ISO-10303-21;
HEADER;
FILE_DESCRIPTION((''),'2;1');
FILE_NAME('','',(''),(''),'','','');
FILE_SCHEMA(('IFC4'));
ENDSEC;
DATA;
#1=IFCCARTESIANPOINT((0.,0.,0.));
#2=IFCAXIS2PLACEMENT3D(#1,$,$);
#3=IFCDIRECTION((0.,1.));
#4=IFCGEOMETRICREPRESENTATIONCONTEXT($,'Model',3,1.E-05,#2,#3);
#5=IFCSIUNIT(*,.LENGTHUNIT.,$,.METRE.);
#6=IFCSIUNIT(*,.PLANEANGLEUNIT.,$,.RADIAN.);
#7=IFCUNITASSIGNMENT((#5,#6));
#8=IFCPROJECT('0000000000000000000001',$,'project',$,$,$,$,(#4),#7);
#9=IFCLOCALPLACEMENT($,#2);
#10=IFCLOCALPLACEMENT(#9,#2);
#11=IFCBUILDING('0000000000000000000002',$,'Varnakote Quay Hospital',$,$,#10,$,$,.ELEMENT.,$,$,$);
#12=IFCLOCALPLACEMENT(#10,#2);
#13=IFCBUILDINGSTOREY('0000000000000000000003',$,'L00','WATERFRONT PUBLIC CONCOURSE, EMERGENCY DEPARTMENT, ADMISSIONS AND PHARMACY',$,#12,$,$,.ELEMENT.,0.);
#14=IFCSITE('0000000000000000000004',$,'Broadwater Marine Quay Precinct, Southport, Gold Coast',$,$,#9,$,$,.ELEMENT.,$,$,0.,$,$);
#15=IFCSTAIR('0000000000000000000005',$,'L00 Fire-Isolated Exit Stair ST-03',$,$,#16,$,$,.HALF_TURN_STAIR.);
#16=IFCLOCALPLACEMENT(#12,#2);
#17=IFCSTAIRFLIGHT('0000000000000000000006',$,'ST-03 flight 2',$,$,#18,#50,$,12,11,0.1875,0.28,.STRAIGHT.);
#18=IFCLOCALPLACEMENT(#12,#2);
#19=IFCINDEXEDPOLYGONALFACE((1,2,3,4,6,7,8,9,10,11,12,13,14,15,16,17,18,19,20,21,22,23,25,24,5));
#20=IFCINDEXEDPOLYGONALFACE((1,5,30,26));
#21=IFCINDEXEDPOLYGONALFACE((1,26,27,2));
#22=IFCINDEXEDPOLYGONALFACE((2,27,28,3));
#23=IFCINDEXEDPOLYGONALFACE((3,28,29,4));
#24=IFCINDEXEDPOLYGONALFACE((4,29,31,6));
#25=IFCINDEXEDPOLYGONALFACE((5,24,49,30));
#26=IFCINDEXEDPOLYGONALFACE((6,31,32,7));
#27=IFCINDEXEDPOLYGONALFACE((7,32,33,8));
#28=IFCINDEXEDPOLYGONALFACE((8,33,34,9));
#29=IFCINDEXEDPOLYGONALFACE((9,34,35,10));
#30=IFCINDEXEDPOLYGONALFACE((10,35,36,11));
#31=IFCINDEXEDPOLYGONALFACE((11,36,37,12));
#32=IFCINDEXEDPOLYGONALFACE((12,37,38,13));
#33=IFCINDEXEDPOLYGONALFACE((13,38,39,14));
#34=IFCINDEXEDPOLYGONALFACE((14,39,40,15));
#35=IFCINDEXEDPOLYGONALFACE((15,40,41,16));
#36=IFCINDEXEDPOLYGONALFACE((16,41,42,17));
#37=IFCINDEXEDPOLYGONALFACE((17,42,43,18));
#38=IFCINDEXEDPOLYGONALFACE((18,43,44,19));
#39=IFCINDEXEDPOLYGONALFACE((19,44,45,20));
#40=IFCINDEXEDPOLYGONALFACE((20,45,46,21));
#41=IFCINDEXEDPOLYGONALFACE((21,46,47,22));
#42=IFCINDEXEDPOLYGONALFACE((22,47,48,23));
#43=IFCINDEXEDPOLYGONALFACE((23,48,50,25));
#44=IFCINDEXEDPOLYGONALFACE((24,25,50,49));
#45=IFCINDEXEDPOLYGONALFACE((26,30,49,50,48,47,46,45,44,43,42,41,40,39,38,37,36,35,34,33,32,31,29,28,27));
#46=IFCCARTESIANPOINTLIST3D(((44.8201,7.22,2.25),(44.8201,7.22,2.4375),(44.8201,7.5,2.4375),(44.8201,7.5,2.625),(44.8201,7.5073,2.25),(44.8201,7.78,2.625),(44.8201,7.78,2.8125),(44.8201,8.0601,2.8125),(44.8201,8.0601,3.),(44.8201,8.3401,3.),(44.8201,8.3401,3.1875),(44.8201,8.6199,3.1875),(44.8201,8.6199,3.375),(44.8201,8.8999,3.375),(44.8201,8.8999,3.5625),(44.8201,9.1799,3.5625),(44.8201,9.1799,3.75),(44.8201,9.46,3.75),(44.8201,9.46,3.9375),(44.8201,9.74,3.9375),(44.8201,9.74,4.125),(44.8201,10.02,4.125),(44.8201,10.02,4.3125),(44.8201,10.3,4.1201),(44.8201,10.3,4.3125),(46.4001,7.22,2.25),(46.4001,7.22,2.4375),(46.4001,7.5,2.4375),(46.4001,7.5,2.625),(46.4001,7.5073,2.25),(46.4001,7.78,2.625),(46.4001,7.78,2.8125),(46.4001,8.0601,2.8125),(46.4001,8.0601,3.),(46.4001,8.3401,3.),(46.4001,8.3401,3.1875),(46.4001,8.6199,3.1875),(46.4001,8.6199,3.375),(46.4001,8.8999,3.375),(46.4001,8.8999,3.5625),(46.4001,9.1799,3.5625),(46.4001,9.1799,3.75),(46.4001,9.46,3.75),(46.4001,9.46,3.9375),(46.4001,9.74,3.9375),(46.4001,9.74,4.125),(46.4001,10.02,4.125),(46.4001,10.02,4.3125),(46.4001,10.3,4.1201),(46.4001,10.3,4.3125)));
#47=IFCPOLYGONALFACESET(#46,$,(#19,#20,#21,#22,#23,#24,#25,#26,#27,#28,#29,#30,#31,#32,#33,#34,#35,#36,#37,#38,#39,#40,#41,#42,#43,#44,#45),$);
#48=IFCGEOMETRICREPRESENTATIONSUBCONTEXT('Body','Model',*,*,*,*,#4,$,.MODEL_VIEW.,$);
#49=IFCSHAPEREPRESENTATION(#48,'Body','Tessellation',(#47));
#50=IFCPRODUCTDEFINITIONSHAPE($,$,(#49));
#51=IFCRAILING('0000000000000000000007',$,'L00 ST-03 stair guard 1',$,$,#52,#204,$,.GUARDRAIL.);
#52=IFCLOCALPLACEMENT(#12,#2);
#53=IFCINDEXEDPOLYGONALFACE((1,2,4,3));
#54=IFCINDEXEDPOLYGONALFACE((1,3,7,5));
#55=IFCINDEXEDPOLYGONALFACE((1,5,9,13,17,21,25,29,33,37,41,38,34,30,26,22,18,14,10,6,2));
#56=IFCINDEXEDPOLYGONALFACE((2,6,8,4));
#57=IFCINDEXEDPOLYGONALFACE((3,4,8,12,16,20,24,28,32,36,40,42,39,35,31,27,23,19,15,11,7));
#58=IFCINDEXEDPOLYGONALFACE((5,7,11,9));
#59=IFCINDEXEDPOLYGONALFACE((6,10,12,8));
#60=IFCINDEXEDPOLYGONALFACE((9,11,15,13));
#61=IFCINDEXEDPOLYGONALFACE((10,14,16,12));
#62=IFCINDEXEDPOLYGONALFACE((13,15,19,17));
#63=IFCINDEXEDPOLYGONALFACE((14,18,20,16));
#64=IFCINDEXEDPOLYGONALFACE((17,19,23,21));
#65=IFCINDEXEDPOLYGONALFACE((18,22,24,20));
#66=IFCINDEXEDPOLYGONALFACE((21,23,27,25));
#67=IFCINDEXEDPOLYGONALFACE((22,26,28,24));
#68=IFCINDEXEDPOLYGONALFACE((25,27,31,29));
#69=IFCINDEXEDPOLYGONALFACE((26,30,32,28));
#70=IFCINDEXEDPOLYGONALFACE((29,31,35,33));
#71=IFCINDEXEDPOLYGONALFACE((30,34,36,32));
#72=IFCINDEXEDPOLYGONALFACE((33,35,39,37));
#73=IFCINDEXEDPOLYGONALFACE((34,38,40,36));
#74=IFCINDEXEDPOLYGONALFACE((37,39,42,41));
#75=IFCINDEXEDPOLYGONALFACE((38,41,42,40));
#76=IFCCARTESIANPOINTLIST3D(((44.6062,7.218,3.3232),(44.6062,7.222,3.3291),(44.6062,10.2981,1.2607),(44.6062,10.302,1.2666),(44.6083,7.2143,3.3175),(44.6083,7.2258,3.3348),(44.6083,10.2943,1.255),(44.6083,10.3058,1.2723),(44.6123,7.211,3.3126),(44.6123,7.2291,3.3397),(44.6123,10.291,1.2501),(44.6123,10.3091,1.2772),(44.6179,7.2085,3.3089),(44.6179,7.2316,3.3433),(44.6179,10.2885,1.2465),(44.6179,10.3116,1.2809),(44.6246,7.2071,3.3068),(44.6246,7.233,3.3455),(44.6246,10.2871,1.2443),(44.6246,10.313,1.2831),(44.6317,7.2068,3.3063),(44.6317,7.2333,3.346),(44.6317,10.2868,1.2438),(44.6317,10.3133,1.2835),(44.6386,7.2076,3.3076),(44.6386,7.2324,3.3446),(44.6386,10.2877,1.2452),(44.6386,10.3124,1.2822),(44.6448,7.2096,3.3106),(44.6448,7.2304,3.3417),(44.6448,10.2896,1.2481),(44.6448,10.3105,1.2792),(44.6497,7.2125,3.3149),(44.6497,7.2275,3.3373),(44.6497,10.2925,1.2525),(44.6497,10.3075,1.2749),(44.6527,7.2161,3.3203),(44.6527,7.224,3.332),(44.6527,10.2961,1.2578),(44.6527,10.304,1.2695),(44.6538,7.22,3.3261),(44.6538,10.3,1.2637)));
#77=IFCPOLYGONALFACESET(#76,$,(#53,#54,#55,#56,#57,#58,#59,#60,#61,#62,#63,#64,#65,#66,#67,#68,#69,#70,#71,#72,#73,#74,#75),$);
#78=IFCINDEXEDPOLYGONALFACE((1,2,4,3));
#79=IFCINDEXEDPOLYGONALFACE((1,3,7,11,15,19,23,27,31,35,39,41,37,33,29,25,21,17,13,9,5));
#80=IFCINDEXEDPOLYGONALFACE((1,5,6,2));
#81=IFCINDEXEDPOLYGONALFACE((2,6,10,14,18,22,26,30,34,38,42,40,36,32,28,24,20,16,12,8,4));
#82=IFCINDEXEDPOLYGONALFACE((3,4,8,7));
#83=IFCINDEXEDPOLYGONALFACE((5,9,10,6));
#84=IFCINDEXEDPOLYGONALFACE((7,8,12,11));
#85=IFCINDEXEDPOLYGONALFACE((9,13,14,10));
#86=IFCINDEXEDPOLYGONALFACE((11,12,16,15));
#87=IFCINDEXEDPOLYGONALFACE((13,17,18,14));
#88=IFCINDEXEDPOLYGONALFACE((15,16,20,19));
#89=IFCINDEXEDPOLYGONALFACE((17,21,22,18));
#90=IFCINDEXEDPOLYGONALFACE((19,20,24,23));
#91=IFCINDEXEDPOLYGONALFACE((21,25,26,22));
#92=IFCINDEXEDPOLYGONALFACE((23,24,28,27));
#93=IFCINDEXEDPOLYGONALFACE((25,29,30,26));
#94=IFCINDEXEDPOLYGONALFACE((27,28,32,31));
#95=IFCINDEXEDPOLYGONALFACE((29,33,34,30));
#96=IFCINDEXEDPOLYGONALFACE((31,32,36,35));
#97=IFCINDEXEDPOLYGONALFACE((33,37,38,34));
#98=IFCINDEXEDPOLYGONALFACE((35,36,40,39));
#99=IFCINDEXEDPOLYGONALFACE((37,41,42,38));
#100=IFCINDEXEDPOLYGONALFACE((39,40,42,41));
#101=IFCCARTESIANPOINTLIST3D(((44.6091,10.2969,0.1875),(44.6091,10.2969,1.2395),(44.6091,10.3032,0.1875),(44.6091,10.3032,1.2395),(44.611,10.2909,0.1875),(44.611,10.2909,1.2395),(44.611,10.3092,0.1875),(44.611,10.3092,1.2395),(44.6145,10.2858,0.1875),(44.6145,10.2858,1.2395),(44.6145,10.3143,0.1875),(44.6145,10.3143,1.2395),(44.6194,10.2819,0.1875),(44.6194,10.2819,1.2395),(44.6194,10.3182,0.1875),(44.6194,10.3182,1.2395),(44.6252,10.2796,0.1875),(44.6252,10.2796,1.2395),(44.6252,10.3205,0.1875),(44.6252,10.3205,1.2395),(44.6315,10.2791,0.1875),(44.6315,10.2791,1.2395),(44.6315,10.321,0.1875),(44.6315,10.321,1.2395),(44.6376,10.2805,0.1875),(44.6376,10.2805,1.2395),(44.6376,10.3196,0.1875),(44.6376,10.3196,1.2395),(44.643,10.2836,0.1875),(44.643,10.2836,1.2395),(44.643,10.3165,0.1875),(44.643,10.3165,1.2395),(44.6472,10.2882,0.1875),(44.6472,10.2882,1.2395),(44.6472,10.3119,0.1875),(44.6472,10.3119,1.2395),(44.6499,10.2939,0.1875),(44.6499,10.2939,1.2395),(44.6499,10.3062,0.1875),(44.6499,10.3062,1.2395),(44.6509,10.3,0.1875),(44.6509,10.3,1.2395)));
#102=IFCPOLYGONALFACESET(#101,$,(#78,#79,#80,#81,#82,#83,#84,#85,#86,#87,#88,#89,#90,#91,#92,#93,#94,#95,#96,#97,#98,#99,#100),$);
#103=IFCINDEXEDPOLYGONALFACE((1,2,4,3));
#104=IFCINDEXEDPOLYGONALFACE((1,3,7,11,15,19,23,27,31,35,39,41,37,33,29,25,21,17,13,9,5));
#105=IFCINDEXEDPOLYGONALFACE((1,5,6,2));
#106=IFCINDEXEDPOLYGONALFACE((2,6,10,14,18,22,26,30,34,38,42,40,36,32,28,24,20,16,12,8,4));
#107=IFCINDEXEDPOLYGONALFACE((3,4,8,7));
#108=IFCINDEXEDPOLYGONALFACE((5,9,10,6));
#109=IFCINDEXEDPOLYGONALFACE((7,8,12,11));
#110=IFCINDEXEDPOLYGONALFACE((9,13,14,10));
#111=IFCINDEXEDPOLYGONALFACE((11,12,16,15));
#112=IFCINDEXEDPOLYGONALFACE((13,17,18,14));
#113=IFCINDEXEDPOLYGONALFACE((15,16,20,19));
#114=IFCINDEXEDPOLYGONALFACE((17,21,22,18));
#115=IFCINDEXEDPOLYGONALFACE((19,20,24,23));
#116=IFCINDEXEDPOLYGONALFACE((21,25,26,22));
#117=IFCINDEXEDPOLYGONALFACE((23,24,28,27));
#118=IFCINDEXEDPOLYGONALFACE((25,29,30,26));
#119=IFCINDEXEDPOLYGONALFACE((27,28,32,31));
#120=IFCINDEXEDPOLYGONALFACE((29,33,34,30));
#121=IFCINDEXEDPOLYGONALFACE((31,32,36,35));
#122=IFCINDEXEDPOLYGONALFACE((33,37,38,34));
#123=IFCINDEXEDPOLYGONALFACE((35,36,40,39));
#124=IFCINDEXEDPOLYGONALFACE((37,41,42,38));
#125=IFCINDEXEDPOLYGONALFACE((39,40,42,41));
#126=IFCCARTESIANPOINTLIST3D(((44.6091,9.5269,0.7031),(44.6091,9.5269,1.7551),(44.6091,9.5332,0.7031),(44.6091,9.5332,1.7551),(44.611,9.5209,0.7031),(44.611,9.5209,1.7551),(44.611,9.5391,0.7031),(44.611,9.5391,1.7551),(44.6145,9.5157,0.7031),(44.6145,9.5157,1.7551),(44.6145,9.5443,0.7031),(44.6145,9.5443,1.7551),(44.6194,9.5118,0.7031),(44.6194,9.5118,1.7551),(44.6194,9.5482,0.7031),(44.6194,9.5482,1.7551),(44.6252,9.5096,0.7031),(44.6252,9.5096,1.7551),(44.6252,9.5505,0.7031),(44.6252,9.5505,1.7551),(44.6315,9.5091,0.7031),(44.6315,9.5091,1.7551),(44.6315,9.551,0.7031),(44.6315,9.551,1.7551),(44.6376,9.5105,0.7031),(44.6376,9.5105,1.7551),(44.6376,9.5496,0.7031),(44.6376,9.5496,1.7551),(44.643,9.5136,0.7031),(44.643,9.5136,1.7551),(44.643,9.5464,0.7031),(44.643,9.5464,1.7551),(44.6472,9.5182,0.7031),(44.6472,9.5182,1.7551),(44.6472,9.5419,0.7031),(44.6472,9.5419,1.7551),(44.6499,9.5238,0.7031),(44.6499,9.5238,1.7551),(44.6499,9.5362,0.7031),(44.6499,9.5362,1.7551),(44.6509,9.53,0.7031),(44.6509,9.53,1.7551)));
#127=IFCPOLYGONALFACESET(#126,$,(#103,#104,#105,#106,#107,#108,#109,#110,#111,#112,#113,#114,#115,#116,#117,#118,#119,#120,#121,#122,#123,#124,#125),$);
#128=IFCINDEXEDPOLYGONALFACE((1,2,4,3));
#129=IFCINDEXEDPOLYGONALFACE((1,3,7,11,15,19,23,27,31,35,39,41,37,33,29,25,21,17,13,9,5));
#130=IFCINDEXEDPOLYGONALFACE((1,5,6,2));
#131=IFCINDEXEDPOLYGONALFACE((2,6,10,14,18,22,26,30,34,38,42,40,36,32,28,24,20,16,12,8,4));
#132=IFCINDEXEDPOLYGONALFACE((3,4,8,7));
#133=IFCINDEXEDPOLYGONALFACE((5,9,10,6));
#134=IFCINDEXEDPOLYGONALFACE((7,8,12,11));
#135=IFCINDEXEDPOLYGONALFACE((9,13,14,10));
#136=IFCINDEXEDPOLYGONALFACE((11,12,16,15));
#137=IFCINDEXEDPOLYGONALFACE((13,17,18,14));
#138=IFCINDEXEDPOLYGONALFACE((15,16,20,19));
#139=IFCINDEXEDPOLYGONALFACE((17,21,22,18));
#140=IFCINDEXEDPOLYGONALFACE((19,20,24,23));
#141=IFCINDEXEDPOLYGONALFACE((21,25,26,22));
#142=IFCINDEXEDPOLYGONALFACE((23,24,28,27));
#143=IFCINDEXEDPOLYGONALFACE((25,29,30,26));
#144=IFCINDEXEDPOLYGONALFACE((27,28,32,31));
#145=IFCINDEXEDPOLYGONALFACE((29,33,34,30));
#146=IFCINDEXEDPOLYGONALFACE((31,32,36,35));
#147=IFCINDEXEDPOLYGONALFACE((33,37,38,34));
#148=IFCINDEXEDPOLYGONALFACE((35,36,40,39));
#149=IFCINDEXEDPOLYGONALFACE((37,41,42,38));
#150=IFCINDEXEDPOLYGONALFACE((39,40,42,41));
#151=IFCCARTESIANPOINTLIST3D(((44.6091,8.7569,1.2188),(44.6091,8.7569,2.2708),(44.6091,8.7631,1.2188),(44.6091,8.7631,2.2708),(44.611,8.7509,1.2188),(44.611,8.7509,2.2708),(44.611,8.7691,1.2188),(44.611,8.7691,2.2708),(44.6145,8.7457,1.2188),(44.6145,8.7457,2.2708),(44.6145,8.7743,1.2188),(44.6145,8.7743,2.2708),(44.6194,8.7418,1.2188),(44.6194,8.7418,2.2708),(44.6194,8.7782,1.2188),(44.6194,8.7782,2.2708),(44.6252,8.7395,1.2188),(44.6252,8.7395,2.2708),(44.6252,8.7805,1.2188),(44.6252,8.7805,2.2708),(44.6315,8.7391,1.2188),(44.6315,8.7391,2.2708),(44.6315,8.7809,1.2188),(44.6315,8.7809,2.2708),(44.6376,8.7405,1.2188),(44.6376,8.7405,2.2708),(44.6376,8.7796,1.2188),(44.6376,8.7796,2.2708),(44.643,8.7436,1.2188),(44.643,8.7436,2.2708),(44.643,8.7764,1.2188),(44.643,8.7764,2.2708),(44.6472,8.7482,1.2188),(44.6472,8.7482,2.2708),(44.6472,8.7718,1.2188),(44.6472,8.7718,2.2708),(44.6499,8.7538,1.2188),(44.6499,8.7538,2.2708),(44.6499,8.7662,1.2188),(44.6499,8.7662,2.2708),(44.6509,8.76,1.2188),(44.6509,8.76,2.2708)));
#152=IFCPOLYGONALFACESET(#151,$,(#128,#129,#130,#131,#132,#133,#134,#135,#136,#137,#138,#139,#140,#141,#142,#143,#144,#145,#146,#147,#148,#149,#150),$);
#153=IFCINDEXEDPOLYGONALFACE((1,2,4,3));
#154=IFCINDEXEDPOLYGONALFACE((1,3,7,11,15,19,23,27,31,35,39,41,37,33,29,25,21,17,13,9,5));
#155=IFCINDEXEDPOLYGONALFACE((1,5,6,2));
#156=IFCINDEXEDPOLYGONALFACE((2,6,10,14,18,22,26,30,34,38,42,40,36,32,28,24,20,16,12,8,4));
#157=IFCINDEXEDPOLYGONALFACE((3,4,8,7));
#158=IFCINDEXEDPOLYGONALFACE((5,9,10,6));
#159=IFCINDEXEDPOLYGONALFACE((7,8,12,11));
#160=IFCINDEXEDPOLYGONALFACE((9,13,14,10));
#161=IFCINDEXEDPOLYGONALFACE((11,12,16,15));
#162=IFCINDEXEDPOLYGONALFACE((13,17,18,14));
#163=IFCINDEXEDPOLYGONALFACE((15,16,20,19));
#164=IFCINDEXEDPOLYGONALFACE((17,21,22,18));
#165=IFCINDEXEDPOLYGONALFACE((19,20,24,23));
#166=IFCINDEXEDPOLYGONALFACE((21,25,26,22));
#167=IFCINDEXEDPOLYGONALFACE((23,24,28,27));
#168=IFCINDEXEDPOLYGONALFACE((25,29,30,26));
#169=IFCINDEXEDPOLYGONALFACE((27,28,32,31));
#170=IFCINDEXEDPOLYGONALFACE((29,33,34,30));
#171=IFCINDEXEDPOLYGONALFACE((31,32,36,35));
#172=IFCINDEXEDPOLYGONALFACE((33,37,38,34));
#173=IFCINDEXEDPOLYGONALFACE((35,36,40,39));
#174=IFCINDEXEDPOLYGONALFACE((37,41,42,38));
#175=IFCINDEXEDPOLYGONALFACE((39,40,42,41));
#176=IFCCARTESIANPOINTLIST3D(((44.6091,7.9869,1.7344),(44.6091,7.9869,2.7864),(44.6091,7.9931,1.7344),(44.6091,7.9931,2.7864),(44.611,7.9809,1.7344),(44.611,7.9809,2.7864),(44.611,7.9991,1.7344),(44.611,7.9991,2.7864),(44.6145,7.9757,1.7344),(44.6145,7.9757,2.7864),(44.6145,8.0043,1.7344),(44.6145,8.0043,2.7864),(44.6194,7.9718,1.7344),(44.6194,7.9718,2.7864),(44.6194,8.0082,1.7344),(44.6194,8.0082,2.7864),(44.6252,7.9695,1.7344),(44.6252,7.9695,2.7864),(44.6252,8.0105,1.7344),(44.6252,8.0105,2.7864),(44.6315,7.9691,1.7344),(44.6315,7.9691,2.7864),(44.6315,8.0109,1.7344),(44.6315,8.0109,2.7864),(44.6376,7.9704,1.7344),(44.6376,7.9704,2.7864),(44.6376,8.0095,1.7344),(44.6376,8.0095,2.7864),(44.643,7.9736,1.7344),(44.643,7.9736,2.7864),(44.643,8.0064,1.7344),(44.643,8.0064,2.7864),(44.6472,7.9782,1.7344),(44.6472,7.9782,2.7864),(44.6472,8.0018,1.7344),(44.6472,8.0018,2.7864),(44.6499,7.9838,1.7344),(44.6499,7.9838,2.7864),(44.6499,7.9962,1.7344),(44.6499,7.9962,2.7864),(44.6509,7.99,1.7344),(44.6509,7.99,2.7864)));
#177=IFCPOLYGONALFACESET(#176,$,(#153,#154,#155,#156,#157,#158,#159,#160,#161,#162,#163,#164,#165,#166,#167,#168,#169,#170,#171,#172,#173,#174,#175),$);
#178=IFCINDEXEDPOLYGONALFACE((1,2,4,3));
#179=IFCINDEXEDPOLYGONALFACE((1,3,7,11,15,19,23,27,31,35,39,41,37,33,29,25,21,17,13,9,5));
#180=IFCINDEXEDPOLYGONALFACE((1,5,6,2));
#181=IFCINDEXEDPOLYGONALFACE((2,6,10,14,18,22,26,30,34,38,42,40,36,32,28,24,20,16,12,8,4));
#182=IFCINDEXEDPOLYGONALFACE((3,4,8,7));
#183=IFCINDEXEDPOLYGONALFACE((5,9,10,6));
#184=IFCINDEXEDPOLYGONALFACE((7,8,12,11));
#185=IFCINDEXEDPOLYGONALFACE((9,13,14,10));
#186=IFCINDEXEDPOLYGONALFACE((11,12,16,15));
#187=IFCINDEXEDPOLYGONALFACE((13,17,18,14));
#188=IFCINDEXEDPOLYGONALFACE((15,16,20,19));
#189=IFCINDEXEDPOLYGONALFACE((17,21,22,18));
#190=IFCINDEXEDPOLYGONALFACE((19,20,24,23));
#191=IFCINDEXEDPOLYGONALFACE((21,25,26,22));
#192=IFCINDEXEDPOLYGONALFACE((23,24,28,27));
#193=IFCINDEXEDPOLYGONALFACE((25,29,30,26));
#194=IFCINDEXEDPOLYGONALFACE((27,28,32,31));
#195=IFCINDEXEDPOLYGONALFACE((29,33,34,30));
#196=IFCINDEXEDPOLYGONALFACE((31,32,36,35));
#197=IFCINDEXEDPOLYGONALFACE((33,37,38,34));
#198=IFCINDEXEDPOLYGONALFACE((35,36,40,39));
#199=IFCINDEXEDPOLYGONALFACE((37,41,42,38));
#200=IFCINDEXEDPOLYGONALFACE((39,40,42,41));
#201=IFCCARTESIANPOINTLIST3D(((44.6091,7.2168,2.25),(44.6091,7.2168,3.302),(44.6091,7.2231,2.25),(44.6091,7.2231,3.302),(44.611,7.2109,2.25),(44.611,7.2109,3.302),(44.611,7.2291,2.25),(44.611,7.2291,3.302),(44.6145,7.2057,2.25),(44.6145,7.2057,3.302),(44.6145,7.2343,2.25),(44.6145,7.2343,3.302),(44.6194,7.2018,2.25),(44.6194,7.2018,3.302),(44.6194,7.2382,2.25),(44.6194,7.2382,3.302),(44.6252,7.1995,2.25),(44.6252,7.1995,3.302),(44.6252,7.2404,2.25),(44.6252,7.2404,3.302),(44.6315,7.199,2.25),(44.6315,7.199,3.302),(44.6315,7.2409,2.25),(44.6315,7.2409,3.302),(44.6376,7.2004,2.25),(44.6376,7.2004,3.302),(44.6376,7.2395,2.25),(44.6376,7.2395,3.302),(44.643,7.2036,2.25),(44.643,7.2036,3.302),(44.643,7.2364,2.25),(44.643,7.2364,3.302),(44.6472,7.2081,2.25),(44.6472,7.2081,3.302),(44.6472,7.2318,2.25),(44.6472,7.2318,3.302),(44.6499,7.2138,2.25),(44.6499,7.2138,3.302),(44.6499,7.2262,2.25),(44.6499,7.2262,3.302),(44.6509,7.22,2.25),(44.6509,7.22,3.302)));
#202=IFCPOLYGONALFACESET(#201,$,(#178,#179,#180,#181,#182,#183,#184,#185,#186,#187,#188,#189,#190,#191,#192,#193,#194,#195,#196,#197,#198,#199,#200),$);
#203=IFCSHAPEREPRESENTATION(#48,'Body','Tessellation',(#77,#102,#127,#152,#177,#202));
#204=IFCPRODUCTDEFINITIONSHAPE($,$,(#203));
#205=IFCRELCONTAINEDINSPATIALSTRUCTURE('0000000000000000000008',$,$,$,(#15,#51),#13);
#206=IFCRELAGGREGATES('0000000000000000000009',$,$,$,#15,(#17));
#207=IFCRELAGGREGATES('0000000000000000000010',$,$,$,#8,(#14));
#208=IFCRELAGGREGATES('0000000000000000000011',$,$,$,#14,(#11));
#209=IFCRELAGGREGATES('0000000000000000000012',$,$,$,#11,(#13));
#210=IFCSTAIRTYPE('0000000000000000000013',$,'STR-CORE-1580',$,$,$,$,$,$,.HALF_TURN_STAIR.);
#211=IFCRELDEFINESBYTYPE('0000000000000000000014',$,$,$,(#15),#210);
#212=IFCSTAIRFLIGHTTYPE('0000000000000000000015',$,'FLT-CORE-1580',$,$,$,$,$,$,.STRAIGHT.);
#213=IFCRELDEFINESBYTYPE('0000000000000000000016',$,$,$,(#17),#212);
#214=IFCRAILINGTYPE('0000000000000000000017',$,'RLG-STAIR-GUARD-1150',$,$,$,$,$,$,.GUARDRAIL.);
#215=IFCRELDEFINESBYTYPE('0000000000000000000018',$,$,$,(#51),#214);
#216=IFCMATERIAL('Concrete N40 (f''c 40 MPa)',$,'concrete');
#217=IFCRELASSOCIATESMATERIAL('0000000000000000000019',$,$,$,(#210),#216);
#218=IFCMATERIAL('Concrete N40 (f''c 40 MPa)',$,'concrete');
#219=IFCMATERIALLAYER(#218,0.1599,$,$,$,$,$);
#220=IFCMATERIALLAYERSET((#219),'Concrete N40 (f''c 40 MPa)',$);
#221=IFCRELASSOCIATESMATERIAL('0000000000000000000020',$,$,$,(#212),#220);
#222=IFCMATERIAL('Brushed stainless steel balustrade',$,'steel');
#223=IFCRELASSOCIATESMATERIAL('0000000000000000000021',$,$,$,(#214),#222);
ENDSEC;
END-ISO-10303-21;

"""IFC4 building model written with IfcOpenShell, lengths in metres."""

from ifc_helpers import new_model, si_unit, direction, frame, origin, origin_2d, place, context, subcontext, project, spatial, polyline, circle, outline, extrude, material, layer, layer_set, type_object, element, aggregate, save


model = new_model("IFC4")

# Units and contexts
model_context = context("Model", 3, precision=1e-05, world=origin(), true_north=direction((0.0, 1.0)))
body_context = subcontext(model_context, "Body", "Model", "MODEL_VIEW")
ifc_project = project(units=[si_unit("LENGTHUNIT", "METRE"), si_unit("PLANEANGLEUNIT", "RADIAN")], contexts=[model_context])

# Site, building, storey
site_placement = place(None, origin())
site = spatial("IfcSite", under=ifc_project, at=site_placement, Name="Broadwater Marine Quay Precinct, Southport, Gold Coast", CompositionType="ELEMENT", RefElevation=0.0)
building_placement = place(site_placement, origin())
building = spatial("IfcBuilding", under=site, at=building_placement, Name="Varnakote Quay Hospital", CompositionType="ELEMENT")
storey_placement = place(building_placement, origin())
storey = spatial("IfcBuildingStorey", under=building, at=storey_placement, Name="L00", Description="WATERFRONT PUBLIC CONCOURSE, EMERGENCY DEPARTMENT, ADMISSIONS AND PHARMACY", CompositionType="ELEMENT", Elevation=0.0)

# Stair, stair flight
ifc_material_1 = material(Name="Concrete N40 (f'c 40 MPa)", Category="concrete")
stair_type = type_object("IfcStairType", Name="STR-CORE-1580", PredefinedType="HALF_TURN_STAIR", material=ifc_material_1)
stair_placement = place(storey_placement, origin())
stair = element("IfcStair", 1, at=stair_placement, inside=storey, type_object=stair_type, Name="L00 Fire-Isolated Exit Stair ST-03", PredefinedType="HALF_TURN_STAIR")
ifc_material_2 = material(Name="Concrete N40 (f'c 40 MPa)", Category="concrete")
ifc_layer_1 = layer(ifc_material_2, 0.1599)
ifc_layer_set_1 = layer_set([ifc_layer_1], Name="Concrete N40 (f'c 40 MPa)")
stair_flight_type = type_object("IfcStairFlightType", Name="FLT-CORE-1580", PredefinedType="STRAIGHT", material=ifc_layer_set_1)
stair_flight_1_placement = place(storey_placement, frame((45.6101, 7.22, 2.25), z_axis=(0.0, 0.0, 1.0), x_axis=(0.0, 1.0, 0.0)))
stair_flight_1 = element("IfcStairFlight", 2, at=stair_flight_1_placement, type_object=stair_flight_type, Name="ST-03 flight 2", NumberOfRisers=12, NumberOfTreads=11, PredefinedType="STRAIGHT", RiserHeight=0.1875, TreadLength=0.28, context=body_context, shape_type="SweptSolid", body=[
    extrude(outline(polyline([(0.0, 0.0), (0.0, 0.1875), (0.28, 0.1875), (0.28, 0.375), (0.5601, 0.375), (0.5601, 0.5625), (0.8401, 0.5625), (0.8401, 0.75), (1.1201, 0.75), (1.1201, 0.9375), (1.3999, 0.9375), (1.3999, 1.125), (1.6799, 1.125), (1.6799, 1.3125), (1.96, 1.3125), (1.96, 1.5), (2.24, 1.5), (2.24, 1.6875), (2.52, 1.6875), (2.52, 1.875), (2.8, 1.875), (2.8, 2.0625), (3.0801, 2.0625), (3.0801, 2.25), (3.0801, 1.8701), (0.2874, 0.0), (0.0, 0.0)])), frame((0.0, 0.79, 0.0), z_axis=(0.0, -1.0, 0.0), x_axis=(1.0, 0.0, 0.0)), (0.0, 0.0, 1.0), 1.5801),
])
aggregate(stair, [stair_flight_1])

# Railing
ifc_material_3 = material(Name="Brushed stainless steel balustrade", Category="steel")
railing_type_1 = type_object("IfcRailingType", Name="RLG-STAIR-GUARD-1150", PredefinedType="GUARDRAIL", material=ifc_material_3)
railing_1_placement = place(storey_placement, frame((44.6299, 10.3, 0.1875)))
element("IfcRailing", 3, at=railing_1_placement, inside=storey, type_object=railing_type_1, Name="L00 ST-03 stair guard 1", PredefinedType="GUARDRAIL", context=body_context, shape_type="SweptSolid", body=[
    extrude(circle(Radius=0.0239, at=origin_2d()), frame((0.0, 0.0, 1.0762), z_axis=(0.0, -0.830914, 0.556401), x_axis=(1.0, 0.0, 0.0)), (0.0, 0.0, 1.0), 3.7068),
    extrude(circle(Radius=0.021, at=origin_2d()), origin(), (0.0, 0.0, 1.0), 1.052),
    extrude(circle(Radius=0.021, at=origin_2d()), frame((0.0, -0.77, 0.5156)), (0.0, 0.0, 1.0), 1.052),
    extrude(circle(Radius=0.021, at=origin_2d()), frame((0.0, -1.54, 1.0312)), (0.0, 0.0, 1.0), 1.052),
    extrude(circle(Radius=0.021, at=origin_2d()), frame((0.0, -2.3101, 1.5469)), (0.0, 0.0, 1.0), 1.052),
    extrude(circle(Radius=0.021, at=origin_2d()), frame((0.0, -3.0801, 2.0625)), (0.0, 0.0, 1.0), 1.052),
])

save(model, "model.ifc")
